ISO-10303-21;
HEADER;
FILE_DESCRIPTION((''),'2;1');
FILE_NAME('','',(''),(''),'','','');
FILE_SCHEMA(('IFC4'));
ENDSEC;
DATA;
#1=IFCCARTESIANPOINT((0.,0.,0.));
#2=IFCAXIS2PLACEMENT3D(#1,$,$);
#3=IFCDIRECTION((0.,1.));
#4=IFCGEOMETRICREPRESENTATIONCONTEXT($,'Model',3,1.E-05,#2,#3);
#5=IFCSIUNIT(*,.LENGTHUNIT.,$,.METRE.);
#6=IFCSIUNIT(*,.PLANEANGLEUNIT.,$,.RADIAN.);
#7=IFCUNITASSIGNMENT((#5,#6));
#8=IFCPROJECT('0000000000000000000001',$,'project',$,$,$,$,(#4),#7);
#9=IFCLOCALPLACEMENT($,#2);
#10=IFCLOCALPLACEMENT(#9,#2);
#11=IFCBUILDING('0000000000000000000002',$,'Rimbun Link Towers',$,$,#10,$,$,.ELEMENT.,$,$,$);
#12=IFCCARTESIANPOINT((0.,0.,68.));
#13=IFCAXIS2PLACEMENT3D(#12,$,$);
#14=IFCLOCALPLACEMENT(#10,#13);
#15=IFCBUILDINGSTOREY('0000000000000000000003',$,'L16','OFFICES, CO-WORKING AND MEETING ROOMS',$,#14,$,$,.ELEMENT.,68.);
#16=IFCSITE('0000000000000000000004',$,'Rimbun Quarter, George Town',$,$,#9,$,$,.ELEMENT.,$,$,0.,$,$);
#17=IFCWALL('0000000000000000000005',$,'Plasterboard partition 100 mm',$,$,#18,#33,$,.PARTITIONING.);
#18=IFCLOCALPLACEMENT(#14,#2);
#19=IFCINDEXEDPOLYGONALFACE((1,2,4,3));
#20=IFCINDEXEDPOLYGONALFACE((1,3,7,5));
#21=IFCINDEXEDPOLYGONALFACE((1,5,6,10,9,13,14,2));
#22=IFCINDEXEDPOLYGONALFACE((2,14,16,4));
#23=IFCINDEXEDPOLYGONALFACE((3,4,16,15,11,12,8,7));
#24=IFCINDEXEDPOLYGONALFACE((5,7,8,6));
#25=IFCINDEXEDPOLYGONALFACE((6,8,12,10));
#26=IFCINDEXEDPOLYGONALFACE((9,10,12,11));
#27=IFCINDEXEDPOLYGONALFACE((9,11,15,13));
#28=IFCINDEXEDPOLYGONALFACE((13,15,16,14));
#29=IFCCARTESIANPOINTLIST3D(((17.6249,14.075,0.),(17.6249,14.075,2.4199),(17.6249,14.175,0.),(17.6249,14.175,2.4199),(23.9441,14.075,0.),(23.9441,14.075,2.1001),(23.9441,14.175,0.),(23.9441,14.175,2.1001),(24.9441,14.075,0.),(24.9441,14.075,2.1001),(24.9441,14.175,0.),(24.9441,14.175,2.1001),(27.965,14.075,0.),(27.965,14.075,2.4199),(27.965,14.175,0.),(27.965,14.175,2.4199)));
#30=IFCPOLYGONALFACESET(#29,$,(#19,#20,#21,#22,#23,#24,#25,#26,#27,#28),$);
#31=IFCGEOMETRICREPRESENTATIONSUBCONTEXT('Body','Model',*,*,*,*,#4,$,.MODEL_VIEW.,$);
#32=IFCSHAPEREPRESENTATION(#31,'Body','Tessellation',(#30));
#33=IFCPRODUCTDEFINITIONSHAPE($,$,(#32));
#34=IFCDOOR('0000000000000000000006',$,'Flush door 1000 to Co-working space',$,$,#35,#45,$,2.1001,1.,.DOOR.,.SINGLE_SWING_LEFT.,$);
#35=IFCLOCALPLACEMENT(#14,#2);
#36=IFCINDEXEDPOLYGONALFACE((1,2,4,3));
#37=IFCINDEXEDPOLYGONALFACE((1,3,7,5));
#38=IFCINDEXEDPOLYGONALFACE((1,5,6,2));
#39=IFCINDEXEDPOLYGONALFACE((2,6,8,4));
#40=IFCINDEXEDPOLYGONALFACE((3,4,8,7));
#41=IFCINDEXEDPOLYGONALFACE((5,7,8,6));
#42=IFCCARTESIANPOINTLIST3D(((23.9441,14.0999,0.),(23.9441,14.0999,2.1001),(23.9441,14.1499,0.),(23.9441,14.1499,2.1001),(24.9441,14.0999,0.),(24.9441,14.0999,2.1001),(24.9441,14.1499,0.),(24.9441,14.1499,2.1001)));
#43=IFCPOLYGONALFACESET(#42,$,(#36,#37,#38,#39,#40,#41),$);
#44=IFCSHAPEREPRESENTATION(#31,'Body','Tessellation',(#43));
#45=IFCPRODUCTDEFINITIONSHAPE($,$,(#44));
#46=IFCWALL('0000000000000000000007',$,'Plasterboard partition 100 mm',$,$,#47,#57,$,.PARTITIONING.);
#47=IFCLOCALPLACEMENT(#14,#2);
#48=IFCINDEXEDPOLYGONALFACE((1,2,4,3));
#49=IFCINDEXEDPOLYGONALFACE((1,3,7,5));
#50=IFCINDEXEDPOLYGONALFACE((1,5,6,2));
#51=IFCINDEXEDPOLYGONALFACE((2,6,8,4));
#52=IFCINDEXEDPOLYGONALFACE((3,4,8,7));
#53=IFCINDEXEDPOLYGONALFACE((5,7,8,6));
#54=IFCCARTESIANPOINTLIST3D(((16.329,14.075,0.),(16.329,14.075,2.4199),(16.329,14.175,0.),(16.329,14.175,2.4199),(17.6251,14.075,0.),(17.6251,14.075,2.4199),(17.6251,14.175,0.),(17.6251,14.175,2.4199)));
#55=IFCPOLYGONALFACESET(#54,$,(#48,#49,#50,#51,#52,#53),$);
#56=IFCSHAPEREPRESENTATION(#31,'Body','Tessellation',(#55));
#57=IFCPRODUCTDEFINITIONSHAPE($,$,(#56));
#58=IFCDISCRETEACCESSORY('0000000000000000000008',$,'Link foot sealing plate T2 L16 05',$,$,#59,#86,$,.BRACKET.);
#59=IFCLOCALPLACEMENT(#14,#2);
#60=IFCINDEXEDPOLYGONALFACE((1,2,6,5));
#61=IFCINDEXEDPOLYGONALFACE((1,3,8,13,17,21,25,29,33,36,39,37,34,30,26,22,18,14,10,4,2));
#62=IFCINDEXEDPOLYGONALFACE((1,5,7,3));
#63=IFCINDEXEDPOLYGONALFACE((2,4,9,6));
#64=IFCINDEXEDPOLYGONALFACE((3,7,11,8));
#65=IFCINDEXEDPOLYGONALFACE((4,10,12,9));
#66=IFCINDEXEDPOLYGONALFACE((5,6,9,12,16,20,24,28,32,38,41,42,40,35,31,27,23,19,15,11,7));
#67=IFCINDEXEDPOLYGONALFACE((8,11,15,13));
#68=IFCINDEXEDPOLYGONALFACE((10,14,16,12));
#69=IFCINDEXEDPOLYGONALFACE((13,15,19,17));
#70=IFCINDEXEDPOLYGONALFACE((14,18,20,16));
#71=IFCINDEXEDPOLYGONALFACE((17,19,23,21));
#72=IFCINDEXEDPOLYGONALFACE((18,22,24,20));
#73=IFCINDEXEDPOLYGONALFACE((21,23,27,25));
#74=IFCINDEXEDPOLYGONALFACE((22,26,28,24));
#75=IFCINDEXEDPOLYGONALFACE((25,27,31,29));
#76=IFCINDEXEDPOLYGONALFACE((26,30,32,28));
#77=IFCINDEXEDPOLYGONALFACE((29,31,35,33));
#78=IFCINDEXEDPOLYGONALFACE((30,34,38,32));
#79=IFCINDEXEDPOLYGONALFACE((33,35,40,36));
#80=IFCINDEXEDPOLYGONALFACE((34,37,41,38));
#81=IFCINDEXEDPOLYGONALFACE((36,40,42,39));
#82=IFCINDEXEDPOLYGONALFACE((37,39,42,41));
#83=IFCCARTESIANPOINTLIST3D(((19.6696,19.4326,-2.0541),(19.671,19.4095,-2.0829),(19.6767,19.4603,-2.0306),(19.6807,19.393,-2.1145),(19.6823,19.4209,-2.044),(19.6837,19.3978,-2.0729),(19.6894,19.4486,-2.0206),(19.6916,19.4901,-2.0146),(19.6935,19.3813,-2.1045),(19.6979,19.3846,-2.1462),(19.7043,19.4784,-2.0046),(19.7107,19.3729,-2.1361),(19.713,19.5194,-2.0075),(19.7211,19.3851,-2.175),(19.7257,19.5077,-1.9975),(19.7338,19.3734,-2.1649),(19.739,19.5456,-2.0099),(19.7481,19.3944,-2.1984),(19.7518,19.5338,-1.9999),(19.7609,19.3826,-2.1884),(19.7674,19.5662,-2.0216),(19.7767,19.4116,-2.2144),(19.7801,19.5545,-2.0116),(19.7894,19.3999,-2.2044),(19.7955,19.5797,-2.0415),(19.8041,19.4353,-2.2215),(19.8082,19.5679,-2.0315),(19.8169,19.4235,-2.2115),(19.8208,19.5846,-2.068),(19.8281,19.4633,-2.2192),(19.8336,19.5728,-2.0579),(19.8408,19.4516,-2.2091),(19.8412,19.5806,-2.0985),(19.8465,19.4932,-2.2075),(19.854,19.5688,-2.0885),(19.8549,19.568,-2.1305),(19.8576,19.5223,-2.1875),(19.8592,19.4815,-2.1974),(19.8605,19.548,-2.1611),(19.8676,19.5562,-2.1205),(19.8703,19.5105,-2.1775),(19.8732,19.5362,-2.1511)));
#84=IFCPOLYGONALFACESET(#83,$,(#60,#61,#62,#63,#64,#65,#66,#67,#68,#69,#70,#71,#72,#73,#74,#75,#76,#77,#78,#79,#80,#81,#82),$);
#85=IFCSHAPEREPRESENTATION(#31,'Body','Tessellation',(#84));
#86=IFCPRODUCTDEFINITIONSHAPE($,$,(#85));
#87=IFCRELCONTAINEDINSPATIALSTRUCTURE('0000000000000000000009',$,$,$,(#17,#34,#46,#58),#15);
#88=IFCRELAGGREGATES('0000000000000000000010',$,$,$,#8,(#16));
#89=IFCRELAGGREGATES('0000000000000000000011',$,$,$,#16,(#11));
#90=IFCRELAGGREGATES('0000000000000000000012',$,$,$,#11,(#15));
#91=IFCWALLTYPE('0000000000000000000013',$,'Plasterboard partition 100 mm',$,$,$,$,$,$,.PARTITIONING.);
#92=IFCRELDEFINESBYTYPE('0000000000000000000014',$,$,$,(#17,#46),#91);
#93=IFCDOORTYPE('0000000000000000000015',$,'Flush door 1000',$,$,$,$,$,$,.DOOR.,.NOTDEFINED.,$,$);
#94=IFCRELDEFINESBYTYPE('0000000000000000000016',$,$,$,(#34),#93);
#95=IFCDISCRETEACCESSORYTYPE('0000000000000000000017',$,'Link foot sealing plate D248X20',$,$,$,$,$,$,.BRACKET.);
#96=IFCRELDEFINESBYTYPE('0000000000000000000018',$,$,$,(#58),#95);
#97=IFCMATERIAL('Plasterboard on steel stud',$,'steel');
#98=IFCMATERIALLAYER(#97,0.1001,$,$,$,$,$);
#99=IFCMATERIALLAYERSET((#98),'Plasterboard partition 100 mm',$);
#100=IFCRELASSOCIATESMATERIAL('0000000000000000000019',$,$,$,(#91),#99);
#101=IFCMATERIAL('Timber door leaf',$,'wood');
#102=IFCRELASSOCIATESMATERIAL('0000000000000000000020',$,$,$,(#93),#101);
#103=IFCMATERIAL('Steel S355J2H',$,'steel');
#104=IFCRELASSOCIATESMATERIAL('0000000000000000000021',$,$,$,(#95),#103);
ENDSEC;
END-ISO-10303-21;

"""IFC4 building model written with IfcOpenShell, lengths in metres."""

from ifc_helpers import new_model, si_unit, direction, frame, frame_2d, origin, origin_2d, place, context, subcontext, project, spatial, rectangle, circle, extrude, material, layer, layer_set, material_profile, profile_set, type_object, element, fill, save


model = new_model("IFC4")

# Units and contexts
model_context = context("Model", 3, precision=1e-05, world=origin(), true_north=direction((0.0, 1.0)))
body_context = subcontext(model_context, "Body", "Model", "MODEL_VIEW")
ifc_project = project(units=[si_unit("LENGTHUNIT", "METRE"), si_unit("PLANEANGLEUNIT", "RADIAN")], contexts=[model_context])

# Site, building, storey
site_placement = place(None, origin())
site = spatial("IfcSite", under=ifc_project, at=site_placement, Name="Rimbun Quarter, George Town", CompositionType="ELEMENT", RefElevation=0.0)
building_placement = place(site_placement, origin())
building = spatial("IfcBuilding", under=site, at=building_placement, Name="Rimbun Link Towers", CompositionType="ELEMENT")
storey_placement = place(building_placement, frame((0.0, 0.0, 68.0)))
storey = spatial("IfcBuildingStorey", under=building, at=storey_placement, Name="L16", Description="OFFICES, CO-WORKING AND MEETING ROOMS", CompositionType="ELEMENT", Elevation=68.0)

# Wall, opening, door
ifc_material_1 = material(Name="Plasterboard on steel stud", Category="steel")
ifc_layer_1 = layer(ifc_material_1, 0.1001)
ifc_layer_set_1 = layer_set([ifc_layer_1], Name="Plasterboard partition 100 mm")
wall_type_1 = type_object("IfcWallType", Name="Plasterboard partition 100 mm", PredefinedType="PARTITIONING", material=ifc_layer_set_1)
wall_1_placement = place(storey_placement, frame((17.625, 14.125, 0.0), z_axis=(0.0, 0.0, 1.0), x_axis=(1.0, 0.0, 0.0)))
wall_1 = element("IfcWall", 1, at=wall_1_placement, inside=storey, type_object=wall_type_1, Name="Plasterboard partition 100 mm", PredefinedType="PARTITIONING", context=body_context, shape_type="SweptSolid", body=[
    extrude(rectangle(XDim=10.3401, YDim=0.1001, at=frame_2d((5.1699, 0.0))), origin(), (0.0, 0.0, 1.0), 2.4199),
])
opening_1_placement = place(wall_1_placement, frame((6.3191, 0.0, 0.0)))
opening_1 = element("IfcOpeningElement", 2, at=opening_1_placement, cuts=wall_1, PredefinedType="OPENING", context=body_context, shape_type="SweptSolid", body=[
    extrude(rectangle(XDim=1.0, YDim=2.1001, at=frame_2d((0.5, 1.05))), frame((0.0, 0.0601, 0.0), z_axis=(0.0, -1.0, 0.0), x_axis=(1.0, 0.0, 0.0)), (0.0, 0.0, 1.0), 0.1201),
])
ifc_material_2 = material(Name="Timber door leaf", Category="wood")
door_type_1 = type_object("IfcDoorType", Name="Flush door 1000", OperationType="NOTDEFINED", PredefinedType="DOOR", material=ifc_material_2)
door_1_placement = place(opening_1_placement, origin())
door_1 = element("IfcDoor", 3, at=door_1_placement, inside=storey, type_object=door_type_1, Name="Flush door 1000 to Co-working space", OperationType="SINGLE_SWING_LEFT", OverallHeight=2.1001, OverallWidth=1.0, PredefinedType="DOOR", context=body_context, shape_type="SweptSolid", body=[
    extrude(rectangle(XDim=1.0, YDim=2.1001, at=frame_2d((0.5, 1.05))), frame((0.0, 0.0249, 0.0), z_axis=(0.0, -1.0, 0.0), x_axis=(1.0, 0.0, 0.0)), (0.0, 0.0, 1.0), 0.05),
])
fill(opening_1, door_1)

# Wall
wall_2_placement = place(storey_placement, frame((17.625, 14.125, 0.0), z_axis=(0.0, 0.0, 1.0), x_axis=(-1.0, 0.0, 0.0)))
element("IfcWall", 4, at=wall_2_placement, inside=storey, type_object=wall_type_1, Name="Plasterboard partition 100 mm", PredefinedType="PARTITIONING", context=body_context, shape_type="SweptSolid", body=[
    extrude(rectangle(XDim=1.2961, YDim=0.1001, at=frame_2d((0.6479, 0.0))), origin(), (0.0, 0.0, 1.0), 2.4199),
])

# Discrete accessory
ifc_material_3 = material(Name="Steel S355J2H", Category="steel")
ifc_material_profile_1 = material_profile(ifc_material_3, circle(Radius=0.124, at=origin_2d()), Name="PL D248")
ifc_profile_set_1 = profile_set([ifc_material_profile_1], Name="Steel S355J2H")
discrete_accessory_type = type_object("IfcDiscreteAccessoryType", Name="Link foot sealing plate D248X20", PredefinedType="BRACKET", material=ifc_profile_set_1)
discrete_accessory_placement = place(storey_placement, frame((19.7776, 19.4724, -2.1045), z_axis=(-0.635803, 0.586895, -0.501306), x_axis=(-0.67828, -0.734803, 0.0)))
element("IfcDiscreteAccessory", 5, at=discrete_accessory_placement, inside=storey, type_object=discrete_accessory_type, Name="Link foot sealing plate T2 L16 05", PredefinedType="BRACKET", context=body_context, shape_type="SweptSolid", body=[
    extrude(circle(Radius=0.124, at=origin_2d()), origin(), (0.0, 0.0, 1.0), 0.02),
])

save(model, "model.ifc")
